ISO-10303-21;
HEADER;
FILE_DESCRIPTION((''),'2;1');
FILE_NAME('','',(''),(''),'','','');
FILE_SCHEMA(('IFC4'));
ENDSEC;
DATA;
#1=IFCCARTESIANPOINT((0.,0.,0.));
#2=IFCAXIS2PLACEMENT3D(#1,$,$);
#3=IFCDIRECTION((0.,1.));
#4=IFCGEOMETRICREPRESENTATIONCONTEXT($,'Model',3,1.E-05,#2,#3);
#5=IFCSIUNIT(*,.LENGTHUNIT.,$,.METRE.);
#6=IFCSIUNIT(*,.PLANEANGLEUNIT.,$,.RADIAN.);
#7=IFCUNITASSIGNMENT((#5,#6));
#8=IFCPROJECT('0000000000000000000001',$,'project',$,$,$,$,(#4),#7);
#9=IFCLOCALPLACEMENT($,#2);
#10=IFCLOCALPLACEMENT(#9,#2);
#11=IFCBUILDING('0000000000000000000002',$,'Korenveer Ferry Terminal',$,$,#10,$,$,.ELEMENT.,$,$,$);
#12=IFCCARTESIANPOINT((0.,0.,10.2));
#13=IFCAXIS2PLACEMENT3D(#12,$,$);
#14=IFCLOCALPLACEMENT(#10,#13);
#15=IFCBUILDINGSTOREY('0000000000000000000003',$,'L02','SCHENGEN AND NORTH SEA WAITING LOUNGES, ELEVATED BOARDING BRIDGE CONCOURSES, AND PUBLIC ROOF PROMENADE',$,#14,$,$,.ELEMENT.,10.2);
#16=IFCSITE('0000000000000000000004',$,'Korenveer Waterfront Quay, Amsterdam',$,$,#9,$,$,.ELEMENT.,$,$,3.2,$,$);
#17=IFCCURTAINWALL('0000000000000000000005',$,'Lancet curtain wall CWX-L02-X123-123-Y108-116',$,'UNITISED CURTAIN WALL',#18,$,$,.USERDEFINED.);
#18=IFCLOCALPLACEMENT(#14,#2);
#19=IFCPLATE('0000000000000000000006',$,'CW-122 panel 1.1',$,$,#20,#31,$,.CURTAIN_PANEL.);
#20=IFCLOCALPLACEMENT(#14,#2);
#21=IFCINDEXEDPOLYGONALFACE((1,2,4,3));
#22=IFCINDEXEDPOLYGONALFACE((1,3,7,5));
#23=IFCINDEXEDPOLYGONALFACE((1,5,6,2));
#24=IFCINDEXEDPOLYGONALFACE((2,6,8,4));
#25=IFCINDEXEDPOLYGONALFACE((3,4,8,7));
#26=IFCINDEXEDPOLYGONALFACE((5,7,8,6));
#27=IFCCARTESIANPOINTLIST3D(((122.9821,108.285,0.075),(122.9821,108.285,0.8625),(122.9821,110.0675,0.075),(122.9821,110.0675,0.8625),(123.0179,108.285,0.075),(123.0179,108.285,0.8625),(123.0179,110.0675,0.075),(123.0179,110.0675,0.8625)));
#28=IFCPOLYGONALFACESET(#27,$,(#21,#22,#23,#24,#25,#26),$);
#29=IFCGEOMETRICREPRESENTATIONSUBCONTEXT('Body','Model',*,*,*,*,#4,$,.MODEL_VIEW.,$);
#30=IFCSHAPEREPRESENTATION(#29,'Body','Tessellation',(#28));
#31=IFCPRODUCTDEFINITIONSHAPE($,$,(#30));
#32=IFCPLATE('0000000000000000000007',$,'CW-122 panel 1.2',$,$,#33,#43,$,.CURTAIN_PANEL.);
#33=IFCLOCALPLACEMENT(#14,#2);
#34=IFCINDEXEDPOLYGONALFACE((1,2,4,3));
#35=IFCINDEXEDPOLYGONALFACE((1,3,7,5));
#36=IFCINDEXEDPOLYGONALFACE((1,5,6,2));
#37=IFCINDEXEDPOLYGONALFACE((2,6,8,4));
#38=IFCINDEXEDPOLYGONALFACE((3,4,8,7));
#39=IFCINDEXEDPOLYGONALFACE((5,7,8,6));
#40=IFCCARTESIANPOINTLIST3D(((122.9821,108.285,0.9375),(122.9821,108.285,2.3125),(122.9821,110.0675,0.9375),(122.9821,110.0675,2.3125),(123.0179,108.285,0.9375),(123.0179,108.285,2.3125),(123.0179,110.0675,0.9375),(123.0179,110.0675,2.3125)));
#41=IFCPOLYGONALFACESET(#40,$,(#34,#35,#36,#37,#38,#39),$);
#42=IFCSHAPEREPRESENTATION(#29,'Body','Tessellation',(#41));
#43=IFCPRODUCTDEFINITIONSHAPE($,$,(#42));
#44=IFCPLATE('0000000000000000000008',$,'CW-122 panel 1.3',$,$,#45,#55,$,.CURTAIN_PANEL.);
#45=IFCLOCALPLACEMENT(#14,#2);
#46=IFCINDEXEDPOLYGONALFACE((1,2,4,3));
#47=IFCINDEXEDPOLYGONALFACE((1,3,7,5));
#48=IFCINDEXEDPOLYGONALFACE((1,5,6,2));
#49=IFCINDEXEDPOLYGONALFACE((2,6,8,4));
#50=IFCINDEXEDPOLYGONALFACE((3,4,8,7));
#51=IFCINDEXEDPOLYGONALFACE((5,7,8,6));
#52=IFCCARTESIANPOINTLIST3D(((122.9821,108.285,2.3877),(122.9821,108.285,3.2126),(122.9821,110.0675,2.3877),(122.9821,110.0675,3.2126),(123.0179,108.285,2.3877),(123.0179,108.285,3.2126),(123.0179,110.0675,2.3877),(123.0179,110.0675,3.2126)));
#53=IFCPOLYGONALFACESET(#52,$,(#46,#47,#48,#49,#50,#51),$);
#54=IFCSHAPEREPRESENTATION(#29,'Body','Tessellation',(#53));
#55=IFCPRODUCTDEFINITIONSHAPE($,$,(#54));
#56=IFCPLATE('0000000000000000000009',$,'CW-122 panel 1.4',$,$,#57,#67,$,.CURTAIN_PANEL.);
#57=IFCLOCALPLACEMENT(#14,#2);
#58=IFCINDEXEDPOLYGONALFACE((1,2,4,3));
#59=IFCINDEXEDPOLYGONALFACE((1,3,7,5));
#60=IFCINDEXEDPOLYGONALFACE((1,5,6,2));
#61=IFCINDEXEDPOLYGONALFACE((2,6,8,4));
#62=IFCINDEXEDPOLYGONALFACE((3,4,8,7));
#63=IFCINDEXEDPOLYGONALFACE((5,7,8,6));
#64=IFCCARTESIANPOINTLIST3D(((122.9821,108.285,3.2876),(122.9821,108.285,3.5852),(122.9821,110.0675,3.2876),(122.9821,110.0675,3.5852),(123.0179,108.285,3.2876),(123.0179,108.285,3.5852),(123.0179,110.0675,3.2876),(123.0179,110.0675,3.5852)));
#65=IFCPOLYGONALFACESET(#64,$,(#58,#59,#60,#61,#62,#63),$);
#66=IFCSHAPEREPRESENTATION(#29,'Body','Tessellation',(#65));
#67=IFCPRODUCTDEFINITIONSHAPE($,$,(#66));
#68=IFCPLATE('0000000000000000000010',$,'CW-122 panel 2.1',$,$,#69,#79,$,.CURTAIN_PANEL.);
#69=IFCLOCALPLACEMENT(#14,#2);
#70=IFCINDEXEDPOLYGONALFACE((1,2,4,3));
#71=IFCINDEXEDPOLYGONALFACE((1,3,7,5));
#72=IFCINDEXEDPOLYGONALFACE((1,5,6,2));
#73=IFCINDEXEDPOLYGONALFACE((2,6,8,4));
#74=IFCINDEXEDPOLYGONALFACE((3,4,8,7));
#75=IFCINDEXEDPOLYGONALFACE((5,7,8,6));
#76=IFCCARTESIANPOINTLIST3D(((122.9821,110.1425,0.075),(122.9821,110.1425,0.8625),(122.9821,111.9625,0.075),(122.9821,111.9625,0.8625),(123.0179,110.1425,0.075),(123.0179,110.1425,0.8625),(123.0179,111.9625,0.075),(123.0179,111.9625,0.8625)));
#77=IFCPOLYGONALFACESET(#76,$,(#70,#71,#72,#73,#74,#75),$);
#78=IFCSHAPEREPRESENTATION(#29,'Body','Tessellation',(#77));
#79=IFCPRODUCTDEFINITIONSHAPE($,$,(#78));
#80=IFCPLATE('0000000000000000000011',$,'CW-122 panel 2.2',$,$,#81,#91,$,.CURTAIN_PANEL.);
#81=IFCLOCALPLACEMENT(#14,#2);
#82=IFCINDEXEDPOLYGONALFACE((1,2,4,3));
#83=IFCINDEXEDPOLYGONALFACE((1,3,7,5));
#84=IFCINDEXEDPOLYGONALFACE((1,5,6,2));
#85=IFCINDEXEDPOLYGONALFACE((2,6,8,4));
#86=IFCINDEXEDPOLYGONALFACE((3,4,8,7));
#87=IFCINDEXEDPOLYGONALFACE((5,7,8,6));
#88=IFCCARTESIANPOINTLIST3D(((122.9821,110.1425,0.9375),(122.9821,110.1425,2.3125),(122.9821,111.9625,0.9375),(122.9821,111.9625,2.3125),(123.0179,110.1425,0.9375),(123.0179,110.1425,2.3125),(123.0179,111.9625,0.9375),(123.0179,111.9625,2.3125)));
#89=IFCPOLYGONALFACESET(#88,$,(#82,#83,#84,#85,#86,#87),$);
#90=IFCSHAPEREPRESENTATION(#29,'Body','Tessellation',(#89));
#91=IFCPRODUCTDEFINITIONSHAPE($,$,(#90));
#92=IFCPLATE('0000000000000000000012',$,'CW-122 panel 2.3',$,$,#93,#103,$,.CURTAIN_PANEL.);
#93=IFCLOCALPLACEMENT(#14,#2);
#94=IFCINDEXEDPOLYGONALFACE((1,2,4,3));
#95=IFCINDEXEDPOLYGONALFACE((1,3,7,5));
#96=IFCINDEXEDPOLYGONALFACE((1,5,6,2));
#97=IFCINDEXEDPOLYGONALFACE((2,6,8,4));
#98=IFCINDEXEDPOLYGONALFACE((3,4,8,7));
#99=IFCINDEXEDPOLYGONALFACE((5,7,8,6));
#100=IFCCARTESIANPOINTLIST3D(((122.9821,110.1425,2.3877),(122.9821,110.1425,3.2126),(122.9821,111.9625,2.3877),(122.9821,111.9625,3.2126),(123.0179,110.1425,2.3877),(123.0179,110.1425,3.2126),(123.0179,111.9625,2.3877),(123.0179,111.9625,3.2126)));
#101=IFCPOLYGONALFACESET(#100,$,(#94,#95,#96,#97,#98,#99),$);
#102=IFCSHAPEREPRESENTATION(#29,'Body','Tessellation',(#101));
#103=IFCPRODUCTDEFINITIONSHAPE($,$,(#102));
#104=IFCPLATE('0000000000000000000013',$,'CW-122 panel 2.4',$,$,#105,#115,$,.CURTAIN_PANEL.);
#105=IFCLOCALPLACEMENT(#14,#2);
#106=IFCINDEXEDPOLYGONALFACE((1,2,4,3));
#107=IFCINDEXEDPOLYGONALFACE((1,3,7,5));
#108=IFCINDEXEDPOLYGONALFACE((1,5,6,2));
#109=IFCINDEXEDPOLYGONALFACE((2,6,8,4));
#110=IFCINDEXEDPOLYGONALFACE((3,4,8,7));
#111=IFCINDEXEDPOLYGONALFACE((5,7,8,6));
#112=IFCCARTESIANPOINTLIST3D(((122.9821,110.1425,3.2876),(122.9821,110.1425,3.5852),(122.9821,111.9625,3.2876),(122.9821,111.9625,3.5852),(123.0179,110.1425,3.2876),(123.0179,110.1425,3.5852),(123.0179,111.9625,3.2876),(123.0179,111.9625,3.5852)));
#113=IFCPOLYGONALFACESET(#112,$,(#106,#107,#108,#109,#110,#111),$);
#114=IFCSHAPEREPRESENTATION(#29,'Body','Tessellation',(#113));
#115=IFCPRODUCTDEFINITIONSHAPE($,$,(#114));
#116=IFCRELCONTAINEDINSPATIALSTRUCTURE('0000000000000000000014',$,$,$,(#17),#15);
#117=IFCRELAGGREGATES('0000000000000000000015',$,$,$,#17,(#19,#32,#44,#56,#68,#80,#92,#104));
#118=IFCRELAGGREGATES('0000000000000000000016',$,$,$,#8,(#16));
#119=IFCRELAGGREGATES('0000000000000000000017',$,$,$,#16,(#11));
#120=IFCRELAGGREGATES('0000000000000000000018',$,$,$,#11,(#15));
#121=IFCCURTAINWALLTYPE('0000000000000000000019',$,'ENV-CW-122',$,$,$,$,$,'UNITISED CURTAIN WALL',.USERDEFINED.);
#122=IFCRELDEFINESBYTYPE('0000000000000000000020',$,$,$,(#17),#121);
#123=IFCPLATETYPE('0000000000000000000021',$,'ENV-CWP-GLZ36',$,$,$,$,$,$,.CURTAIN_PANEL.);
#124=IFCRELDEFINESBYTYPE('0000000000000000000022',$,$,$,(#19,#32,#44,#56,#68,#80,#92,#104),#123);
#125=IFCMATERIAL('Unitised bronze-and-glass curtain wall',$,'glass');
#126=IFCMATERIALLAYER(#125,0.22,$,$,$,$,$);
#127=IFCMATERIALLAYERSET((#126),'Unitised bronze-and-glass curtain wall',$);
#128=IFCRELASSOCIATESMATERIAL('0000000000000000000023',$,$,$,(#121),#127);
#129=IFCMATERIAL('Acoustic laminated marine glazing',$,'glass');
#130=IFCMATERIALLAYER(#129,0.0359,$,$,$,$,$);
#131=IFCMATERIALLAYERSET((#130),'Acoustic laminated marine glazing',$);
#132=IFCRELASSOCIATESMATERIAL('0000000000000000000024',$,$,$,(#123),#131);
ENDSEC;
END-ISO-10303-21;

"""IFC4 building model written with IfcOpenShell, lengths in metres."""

from ifc_helpers import new_model, si_unit, direction, frame, origin, origin_2d, place, context, subcontext, project, spatial, rectangle, extrude, material, layer, layer_set, type_object, element, aggregate, save


model = new_model("IFC4")

# Units and contexts
model_context = context("Model", 3, precision=1e-05, world=origin(), true_north=direction((0.0, 1.0)))
body_context = subcontext(model_context, "Body", "Model", "MODEL_VIEW")
ifc_project = project(units=[si_unit("LENGTHUNIT", "METRE"), si_unit("PLANEANGLEUNIT", "RADIAN")], contexts=[model_context])

# Site, building, storey
site_placement = place(None, origin())
site = spatial("IfcSite", under=ifc_project, at=site_placement, Name="Korenveer Waterfront Quay, Amsterdam", CompositionType="ELEMENT", RefElevation=3.2)
building_placement = place(site_placement, origin())
building = spatial("IfcBuilding", under=site, at=building_placement, Name="Korenveer Ferry Terminal", CompositionType="ELEMENT")
storey_placement = place(building_placement, frame((0.0, 0.0, 10.2)))
storey = spatial("IfcBuildingStorey", under=building, at=storey_placement, Name="L02", Description="SCHENGEN AND NORTH SEA WAITING LOUNGES, ELEVATED BOARDING BRIDGE CONCOURSES, AND PUBLIC ROOF PROMENADE", CompositionType="ELEMENT", Elevation=10.2)

# Curtain wall
ifc_material_1 = material(Name="Unitised bronze-and-glass curtain wall", Category="glass")
ifc_layer_1 = layer(ifc_material_1, 0.22)
ifc_layer_set_1 = layer_set([ifc_layer_1], Name="Unitised bronze-and-glass curtain wall")
curtain_wall_type_1 = type_object("IfcCurtainWallType", Name="ENV-CW-122", ElementType="UNITISED CURTAIN WALL", PredefinedType="USERDEFINED", material=ifc_layer_set_1)
curtain_wall_1_placement = place(storey_placement, frame((123.0, 108.21, 0.0)))
curtain_wall_1 = element("IfcCurtainWall", 1, at=curtain_wall_1_placement, inside=storey, type_object=curtain_wall_type_1, Name="Lancet curtain wall CWX-L02-X123-123-Y108-116", ObjectType="UNITISED CURTAIN WALL", PredefinedType="USERDEFINED")

# Plates
ifc_material_2 = material(Name="Acoustic laminated marine glazing", Category="glass")
ifc_layer_2 = layer(ifc_material_2, 0.0359)
ifc_layer_set_2 = layer_set([ifc_layer_2], Name="Acoustic laminated marine glazing")
plate_type = type_object("IfcPlateType", Name="ENV-CWP-GLZ36", PredefinedType="CURTAIN_PANEL", material=ifc_layer_set_2)
plate_1_placement = place(storey_placement, frame((123.0, 109.1763, 0.075), z_axis=(0.0, 0.0, 1.0), x_axis=(0.0, 1.0, 0.0)))
plate_1 = element("IfcPlate", 2, at=plate_1_placement, type_object=plate_type, Name="CW-122 panel 1.1", PredefinedType="CURTAIN_PANEL", context=body_context, shape_type="SweptSolid", body=[
    extrude(rectangle(XDim=1.7825, YDim=0.0359, at=origin_2d()), origin(), (0.0, 0.0, 1.0), 0.7876),
])
plate_2_placement = place(storey_placement, frame((123.0, 109.1763, 0.9375), z_axis=(0.0, 0.0, 1.0), x_axis=(0.0, 1.0, 0.0)))
plate_2 = element("IfcPlate", 3, at=plate_2_placement, type_object=plate_type, Name="CW-122 panel 1.2", PredefinedType="CURTAIN_PANEL", context=body_context, shape_type="SweptSolid", body=[
    extrude(rectangle(XDim=1.7825, YDim=0.0359, at=origin_2d()), origin(), (0.0, 0.0, 1.0), 1.375),
])
plate_3_placement = place(storey_placement, frame((123.0, 109.1763, 2.3877), z_axis=(0.0, 0.0, 1.0), x_axis=(0.0, 1.0, 0.0)))
plate_3 = element("IfcPlate", 4, at=plate_3_placement, type_object=plate_type, Name="CW-122 panel 1.3", PredefinedType="CURTAIN_PANEL", context=body_context, shape_type="SweptSolid", body=[
    extrude(rectangle(XDim=1.7825, YDim=0.0359, at=origin_2d()), origin(), (0.0, 0.0, 1.0), 0.825),
])
plate_4_placement = place(storey_placement, frame((123.0, 109.1763, 3.2876), z_axis=(0.0, 0.0, 1.0), x_axis=(0.0, 1.0, 0.0)))
plate_4 = element("IfcPlate", 5, at=plate_4_placement, type_object=plate_type, Name="CW-122 panel 1.4", PredefinedType="CURTAIN_PANEL", context=body_context, shape_type="SweptSolid", body=[
    extrude(rectangle(XDim=1.7825, YDim=0.0359, at=origin_2d()), origin(), (0.0, 0.0, 1.0), 0.2976),
])
plate_5_placement = place(storey_placement, frame((123.0, 111.0525, 0.075), z_axis=(0.0, 0.0, 1.0), x_axis=(0.0, 1.0, 0.0)))
plate_5 = element("IfcPlate", 6, at=plate_5_placement, type_object=plate_type, Name="CW-122 panel 2.1", PredefinedType="CURTAIN_PANEL", context=body_context, shape_type="SweptSolid", body=[
    extrude(rectangle(XDim=1.8201, YDim=0.0359, at=origin_2d()), origin(), (0.0, 0.0, 1.0), 0.7876),
])
plate_6_placement = place(storey_placement, frame((123.0, 111.0525, 0.9375), z_axis=(0.0, 0.0, 1.0), x_axis=(0.0, 1.0, 0.0)))
plate_6 = element("IfcPlate", 7, at=plate_6_placement, type_object=plate_type, Name="CW-122 panel 2.2", PredefinedType="CURTAIN_PANEL", context=body_context, shape_type="SweptSolid", body=[
    extrude(rectangle(XDim=1.8201, YDim=0.0359, at=origin_2d()), origin(), (0.0, 0.0, 1.0), 1.375),
])
plate_7_placement = place(storey_placement, frame((123.0, 111.0525, 2.3877), z_axis=(0.0, 0.0, 1.0), x_axis=(0.0, 1.0, 0.0)))
plate_7 = element("IfcPlate", 8, at=plate_7_placement, type_object=plate_type, Name="CW-122 panel 2.3", PredefinedType="CURTAIN_PANEL", context=body_context, shape_type="SweptSolid", body=[
    extrude(rectangle(XDim=1.8201, YDim=0.0359, at=origin_2d()), origin(), (0.0, 0.0, 1.0), 0.825),
])
plate_8_placement = place(storey_placement, frame((123.0, 111.0525, 3.2876), z_axis=(0.0, 0.0, 1.0), x_axis=(0.0, 1.0, 0.0)))
plate_8 = element("IfcPlate", 9, at=plate_8_placement, type_object=plate_type, Name="CW-122 panel 2.4", PredefinedType="CURTAIN_PANEL", context=body_context, shape_type="SweptSolid", body=[
    extrude(rectangle(XDim=1.8201, YDim=0.0359, at=origin_2d()), origin(), (0.0, 0.0, 1.0), 0.2976),
])
aggregate(curtain_wall_1, [plate_1, plate_2, plate_3, plate_4, plate_5, plate_6, plate_7, plate_8])

save(model, "model.ifc")
